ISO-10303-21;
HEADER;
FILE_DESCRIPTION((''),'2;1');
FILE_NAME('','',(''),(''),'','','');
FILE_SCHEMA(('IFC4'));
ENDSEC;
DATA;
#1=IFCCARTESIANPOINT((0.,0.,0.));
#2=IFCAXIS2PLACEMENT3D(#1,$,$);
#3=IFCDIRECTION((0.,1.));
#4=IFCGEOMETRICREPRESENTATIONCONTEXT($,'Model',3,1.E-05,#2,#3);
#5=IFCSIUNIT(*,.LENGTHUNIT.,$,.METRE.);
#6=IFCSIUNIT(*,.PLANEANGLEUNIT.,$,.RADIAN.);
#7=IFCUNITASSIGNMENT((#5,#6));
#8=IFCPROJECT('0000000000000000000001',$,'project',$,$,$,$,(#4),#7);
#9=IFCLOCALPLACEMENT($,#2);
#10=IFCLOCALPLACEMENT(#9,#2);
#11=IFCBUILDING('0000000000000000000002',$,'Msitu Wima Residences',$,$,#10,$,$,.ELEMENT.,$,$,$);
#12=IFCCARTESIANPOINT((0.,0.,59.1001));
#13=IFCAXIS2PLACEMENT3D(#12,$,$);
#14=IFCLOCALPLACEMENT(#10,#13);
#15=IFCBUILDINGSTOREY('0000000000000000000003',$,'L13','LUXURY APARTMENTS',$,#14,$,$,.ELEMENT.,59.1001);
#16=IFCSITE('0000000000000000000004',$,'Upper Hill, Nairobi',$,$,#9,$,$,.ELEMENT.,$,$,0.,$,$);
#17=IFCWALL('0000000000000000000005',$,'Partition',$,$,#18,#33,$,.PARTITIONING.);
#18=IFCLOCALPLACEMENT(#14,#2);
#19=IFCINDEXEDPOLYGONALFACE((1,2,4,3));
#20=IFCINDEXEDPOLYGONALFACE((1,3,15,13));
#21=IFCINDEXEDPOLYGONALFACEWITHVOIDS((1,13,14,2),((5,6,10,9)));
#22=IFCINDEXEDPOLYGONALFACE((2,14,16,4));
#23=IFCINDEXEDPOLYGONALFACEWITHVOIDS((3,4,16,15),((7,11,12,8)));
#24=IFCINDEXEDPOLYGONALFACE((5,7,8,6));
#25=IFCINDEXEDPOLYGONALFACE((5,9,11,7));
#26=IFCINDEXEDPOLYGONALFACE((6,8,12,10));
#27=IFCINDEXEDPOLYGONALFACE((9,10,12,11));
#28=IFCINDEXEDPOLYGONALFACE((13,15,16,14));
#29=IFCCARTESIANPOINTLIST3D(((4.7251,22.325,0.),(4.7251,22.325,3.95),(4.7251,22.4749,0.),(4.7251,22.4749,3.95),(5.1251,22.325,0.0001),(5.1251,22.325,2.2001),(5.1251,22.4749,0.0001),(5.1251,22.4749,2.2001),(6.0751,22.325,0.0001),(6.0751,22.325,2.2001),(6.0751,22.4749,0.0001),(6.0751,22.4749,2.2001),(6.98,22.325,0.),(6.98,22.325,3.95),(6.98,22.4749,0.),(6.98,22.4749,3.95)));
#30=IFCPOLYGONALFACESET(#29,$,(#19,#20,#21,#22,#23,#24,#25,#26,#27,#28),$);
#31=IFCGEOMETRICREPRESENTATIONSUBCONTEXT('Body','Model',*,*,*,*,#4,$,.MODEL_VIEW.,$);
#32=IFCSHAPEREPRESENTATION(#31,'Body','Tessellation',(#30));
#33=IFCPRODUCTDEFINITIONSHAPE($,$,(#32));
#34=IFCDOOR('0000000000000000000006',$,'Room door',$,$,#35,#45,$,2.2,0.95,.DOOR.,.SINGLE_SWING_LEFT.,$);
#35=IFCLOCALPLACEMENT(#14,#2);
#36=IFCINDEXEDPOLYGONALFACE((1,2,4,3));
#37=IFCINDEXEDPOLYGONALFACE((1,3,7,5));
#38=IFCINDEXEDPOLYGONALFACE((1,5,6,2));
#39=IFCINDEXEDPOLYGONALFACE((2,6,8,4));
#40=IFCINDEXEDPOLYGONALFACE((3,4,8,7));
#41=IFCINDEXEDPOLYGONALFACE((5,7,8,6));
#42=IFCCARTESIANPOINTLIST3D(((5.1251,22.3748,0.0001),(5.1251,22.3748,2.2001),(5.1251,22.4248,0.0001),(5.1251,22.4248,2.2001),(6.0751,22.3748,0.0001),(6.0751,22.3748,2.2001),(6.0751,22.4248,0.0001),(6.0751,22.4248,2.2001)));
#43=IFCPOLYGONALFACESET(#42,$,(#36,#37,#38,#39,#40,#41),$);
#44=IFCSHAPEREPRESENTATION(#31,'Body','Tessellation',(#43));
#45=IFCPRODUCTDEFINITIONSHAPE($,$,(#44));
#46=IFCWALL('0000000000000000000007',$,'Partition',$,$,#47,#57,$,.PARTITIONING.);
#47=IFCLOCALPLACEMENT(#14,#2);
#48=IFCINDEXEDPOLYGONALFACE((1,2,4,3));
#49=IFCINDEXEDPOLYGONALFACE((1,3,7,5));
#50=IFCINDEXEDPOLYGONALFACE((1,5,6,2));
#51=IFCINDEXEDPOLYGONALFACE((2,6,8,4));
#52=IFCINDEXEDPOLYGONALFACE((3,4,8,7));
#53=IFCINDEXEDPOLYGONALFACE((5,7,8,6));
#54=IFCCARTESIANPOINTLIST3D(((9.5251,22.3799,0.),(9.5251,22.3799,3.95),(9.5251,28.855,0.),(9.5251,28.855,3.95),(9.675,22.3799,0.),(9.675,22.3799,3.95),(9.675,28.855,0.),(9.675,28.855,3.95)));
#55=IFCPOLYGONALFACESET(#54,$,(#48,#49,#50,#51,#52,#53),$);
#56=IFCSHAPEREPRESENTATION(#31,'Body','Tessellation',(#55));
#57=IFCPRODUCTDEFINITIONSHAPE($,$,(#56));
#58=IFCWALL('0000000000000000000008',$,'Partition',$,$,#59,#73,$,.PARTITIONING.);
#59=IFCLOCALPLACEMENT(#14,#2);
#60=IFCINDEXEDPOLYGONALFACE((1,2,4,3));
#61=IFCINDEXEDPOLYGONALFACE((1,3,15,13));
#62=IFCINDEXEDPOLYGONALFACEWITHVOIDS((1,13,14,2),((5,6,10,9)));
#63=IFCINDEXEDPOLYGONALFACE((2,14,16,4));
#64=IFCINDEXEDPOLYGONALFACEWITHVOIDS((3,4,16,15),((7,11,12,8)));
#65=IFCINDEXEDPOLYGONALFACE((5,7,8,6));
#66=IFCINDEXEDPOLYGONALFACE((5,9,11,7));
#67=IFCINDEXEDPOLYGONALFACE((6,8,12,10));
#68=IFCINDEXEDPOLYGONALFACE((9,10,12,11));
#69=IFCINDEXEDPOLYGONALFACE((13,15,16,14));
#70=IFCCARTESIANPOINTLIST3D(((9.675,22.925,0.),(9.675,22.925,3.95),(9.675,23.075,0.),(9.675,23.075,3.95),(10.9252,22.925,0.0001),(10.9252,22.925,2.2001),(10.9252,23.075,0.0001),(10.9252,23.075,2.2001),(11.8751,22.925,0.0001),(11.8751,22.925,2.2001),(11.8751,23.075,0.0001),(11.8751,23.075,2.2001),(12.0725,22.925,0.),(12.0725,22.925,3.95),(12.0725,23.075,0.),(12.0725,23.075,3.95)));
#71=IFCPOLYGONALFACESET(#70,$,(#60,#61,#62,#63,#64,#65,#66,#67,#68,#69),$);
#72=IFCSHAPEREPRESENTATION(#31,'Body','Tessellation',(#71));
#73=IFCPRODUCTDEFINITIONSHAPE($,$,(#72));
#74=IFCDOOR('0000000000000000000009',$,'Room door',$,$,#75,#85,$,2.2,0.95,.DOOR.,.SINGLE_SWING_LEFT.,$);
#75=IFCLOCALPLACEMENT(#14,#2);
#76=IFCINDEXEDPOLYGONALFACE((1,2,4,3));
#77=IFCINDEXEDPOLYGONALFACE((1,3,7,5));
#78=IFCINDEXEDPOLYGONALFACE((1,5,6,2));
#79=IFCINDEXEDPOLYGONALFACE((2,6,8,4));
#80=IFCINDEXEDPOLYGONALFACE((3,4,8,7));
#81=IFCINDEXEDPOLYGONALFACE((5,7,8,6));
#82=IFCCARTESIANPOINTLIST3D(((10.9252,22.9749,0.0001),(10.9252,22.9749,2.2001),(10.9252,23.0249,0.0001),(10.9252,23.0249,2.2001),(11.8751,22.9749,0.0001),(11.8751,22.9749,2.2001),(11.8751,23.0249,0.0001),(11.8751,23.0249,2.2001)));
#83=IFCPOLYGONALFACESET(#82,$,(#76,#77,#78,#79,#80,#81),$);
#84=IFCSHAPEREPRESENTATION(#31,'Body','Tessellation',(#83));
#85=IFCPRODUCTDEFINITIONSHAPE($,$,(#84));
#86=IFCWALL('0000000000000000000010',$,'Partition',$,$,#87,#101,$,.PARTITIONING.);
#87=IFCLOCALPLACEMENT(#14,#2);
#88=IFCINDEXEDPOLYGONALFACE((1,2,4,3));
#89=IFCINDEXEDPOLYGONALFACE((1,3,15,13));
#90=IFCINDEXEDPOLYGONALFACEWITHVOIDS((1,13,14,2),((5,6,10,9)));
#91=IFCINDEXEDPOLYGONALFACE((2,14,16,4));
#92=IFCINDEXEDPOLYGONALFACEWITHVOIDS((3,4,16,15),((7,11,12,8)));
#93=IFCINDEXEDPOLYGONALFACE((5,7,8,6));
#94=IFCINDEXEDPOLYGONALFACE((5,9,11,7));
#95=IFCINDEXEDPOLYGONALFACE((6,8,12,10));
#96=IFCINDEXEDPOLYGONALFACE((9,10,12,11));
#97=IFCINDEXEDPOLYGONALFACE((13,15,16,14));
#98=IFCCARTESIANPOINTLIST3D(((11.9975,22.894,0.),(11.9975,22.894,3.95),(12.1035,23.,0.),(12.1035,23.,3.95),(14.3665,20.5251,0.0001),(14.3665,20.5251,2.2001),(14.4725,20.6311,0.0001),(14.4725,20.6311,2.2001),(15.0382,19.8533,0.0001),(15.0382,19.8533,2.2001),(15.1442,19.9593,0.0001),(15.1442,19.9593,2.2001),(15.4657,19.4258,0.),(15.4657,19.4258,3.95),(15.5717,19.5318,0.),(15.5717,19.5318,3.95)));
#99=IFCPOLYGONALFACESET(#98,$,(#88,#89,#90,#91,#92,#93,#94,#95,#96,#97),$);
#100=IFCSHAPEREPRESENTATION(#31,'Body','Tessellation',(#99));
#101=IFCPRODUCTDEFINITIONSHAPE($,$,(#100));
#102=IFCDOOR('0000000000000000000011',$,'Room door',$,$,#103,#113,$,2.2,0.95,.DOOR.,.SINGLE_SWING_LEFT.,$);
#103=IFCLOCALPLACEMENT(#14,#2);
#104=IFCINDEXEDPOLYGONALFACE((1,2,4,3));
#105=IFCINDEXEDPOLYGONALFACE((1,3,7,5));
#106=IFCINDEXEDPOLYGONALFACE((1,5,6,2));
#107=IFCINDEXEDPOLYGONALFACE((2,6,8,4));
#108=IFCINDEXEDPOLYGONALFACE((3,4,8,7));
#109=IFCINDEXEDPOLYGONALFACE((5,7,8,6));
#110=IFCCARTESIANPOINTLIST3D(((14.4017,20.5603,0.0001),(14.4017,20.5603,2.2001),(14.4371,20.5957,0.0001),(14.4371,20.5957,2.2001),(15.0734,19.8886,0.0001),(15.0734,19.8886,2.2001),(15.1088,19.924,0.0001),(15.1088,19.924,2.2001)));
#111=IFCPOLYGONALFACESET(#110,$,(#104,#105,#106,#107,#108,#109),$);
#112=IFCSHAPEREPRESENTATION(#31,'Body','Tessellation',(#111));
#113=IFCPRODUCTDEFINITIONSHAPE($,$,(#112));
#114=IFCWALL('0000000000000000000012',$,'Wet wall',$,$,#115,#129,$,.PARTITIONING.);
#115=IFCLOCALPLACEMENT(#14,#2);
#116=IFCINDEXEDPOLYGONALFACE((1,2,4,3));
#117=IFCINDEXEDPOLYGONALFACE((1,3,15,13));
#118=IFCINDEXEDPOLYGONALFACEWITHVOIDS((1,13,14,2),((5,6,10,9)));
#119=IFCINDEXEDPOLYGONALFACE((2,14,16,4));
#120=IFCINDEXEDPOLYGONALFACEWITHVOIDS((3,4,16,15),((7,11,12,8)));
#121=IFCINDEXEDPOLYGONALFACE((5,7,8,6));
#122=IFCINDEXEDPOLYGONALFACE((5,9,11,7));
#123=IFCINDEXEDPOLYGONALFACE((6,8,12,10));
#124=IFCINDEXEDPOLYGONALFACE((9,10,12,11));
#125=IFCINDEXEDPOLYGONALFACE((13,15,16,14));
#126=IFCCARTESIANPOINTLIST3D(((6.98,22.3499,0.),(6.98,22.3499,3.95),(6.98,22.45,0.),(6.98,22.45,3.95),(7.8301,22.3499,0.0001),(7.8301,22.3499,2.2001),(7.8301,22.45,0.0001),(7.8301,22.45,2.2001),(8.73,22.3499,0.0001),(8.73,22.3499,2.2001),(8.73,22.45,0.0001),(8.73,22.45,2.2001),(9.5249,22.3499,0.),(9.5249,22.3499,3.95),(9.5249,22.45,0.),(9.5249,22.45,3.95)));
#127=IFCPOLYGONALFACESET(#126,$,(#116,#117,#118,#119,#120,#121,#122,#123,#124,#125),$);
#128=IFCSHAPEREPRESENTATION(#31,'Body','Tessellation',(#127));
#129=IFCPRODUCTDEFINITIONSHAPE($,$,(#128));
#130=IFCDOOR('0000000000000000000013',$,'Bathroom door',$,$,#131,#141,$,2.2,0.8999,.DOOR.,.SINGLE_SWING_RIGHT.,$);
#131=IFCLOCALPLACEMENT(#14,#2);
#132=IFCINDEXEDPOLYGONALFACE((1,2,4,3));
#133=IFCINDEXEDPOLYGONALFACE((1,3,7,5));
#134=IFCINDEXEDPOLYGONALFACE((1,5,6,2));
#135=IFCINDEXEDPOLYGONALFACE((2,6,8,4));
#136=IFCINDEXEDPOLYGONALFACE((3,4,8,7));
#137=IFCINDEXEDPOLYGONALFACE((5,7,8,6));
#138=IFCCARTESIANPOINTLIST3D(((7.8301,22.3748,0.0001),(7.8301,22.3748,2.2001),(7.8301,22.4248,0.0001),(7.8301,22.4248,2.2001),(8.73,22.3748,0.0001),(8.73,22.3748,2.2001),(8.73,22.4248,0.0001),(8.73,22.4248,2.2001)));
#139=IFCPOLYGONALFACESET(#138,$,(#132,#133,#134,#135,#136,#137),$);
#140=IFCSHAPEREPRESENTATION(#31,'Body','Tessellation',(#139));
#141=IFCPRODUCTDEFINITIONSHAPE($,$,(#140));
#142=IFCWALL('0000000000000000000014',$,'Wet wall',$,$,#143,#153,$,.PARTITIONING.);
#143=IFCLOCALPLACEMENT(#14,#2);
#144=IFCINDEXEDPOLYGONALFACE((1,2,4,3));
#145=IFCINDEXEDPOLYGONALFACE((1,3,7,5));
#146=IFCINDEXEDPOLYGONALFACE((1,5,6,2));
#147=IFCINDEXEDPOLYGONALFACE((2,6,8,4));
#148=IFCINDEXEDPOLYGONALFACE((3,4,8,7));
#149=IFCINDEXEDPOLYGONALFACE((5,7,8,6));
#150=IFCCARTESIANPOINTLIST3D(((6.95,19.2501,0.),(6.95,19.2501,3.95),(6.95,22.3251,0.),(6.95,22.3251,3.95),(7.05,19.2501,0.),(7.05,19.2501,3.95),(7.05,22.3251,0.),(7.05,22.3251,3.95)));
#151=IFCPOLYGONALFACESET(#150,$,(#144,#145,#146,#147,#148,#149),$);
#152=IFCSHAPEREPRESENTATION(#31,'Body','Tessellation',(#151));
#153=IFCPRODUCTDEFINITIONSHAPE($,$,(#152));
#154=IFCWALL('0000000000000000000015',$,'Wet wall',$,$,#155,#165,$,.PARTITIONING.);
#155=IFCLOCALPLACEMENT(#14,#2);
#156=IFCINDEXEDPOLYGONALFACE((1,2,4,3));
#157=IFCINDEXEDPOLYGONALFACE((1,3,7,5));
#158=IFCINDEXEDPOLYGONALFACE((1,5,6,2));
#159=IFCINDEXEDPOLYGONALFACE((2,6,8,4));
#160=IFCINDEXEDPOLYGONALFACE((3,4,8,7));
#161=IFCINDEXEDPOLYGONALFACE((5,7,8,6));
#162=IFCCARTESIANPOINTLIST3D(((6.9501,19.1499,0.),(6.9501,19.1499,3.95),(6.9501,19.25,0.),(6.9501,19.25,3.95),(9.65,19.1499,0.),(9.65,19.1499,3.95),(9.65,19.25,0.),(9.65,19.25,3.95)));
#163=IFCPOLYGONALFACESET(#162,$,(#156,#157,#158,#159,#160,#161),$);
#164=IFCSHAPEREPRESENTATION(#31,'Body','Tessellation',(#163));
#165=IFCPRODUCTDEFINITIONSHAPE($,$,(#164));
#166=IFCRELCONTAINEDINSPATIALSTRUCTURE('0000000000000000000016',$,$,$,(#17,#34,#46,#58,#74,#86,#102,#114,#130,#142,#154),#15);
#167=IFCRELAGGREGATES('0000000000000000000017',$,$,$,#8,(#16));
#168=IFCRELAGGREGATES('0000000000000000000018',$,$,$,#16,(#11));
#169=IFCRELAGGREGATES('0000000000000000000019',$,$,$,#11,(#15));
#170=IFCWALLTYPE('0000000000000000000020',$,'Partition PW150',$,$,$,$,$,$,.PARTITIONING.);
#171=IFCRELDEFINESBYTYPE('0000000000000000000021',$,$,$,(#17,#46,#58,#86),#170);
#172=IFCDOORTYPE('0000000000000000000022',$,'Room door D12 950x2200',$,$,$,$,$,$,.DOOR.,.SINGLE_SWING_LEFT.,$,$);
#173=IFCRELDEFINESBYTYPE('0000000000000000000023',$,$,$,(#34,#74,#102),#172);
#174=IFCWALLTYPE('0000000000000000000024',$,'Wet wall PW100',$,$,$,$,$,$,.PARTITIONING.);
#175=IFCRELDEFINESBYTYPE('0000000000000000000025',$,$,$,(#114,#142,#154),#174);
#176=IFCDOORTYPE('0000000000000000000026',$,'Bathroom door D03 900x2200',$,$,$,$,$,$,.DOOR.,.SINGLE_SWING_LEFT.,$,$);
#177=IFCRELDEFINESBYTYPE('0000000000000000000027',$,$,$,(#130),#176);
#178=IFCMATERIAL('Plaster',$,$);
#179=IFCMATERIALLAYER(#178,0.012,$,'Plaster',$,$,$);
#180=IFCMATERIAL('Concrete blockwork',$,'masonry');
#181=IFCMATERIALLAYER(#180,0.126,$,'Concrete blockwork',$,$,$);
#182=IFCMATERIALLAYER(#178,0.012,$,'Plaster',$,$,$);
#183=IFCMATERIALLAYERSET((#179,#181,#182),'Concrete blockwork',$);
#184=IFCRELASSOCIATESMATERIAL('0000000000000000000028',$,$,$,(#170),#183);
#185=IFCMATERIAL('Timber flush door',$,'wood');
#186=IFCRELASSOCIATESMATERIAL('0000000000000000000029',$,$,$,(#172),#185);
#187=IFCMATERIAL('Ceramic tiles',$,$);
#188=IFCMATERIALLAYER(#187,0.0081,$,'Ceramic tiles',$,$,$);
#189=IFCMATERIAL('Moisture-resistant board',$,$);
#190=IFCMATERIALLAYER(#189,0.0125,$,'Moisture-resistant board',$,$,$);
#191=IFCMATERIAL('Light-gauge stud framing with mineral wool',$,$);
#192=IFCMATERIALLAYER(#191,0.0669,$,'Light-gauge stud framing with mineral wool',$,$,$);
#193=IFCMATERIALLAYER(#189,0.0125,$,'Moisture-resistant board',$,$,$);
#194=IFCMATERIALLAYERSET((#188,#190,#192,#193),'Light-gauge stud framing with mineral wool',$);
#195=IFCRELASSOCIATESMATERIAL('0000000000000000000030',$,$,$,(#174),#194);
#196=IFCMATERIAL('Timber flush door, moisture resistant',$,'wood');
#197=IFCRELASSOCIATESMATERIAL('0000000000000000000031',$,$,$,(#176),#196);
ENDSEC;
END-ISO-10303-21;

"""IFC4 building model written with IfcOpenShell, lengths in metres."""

from ifc_helpers import new_model, si_unit, direction, frame, frame_2d, origin, place, context, subcontext, project, spatial, rectangle, extrude, material, layer, layer_set, type_object, element, fill, save


model = new_model("IFC4")

# Units and contexts
model_context = context("Model", 3, precision=1e-05, world=origin(), true_north=direction((0.0, 1.0)))
body_context = subcontext(model_context, "Body", "Model", "MODEL_VIEW")
ifc_project = project(units=[si_unit("LENGTHUNIT", "METRE"), si_unit("PLANEANGLEUNIT", "RADIAN")], contexts=[model_context])

# Site, building, storey
site_placement = place(None, origin())
site = spatial("IfcSite", under=ifc_project, at=site_placement, Name="Upper Hill, Nairobi", CompositionType="ELEMENT", RefElevation=0.0)
building_placement = place(site_placement, origin())
building = spatial("IfcBuilding", under=site, at=building_placement, Name="Msitu Wima Residences", CompositionType="ELEMENT")
storey_placement = place(building_placement, frame((0.0, 0.0, 59.1001)))
storey = spatial("IfcBuildingStorey", under=building, at=storey_placement, Name="L13", Description="LUXURY APARTMENTS", CompositionType="ELEMENT", Elevation=59.1001)

# Shared definitions
ifc_material_1 = material(Name="Plaster")
ifc_layer_1 = layer(ifc_material_1, 0.012, Name="Plaster")
ifc_material_2 = material(Name="Concrete blockwork", Category="masonry")
ifc_layer_2 = layer(ifc_material_2, 0.126, Name="Concrete blockwork")
ifc_layer_3 = layer(ifc_material_1, 0.012, Name="Plaster")
ifc_layer_set_1 = layer_set([ifc_layer_1, ifc_layer_2, ifc_layer_3], Name="Concrete blockwork")
wall_type_1 = type_object("IfcWallType", Name="Partition PW150", PredefinedType="PARTITIONING", material=ifc_layer_set_1)

# Wall, opening, door
wall_1_placement = place(storey_placement, frame((4.7251, 22.3999, 0.0), z_axis=(0.0, 0.0, 1.0), x_axis=(1.0, 0.0, 0.0)))
wall_1 = element("IfcWall", 1, at=wall_1_placement, inside=storey, type_object=wall_type_1, Name="Partition", PredefinedType="PARTITIONING", context=body_context, shape_type="SweptSolid", body=[
    extrude(rectangle(XDim=2.2549, YDim=0.1499, at=frame_2d((1.1274, 0.0))), origin(), (0.0, 0.0, 1.0), 3.95),
])
opening_1_placement = place(wall_1_placement, frame((0.3999, 0.0, 0.0)))
opening_1 = element("IfcOpeningElement", 2, at=opening_1_placement, cuts=wall_1, PredefinedType="OPENING", context=body_context, shape_type="SweptSolid", body=[
    extrude(rectangle(XDim=0.95, YDim=2.2, at=frame_2d((0.4751, 1.1001))), frame((0.0, 0.085, 0.0), z_axis=(0.0, -1.0, 0.0), x_axis=(1.0, 0.0, 0.0)), (0.0, 0.0, 1.0), 0.1699),
])
ifc_material_3 = material(Name="Timber flush door", Category="wood")
door_type_1 = type_object("IfcDoorType", Name="Room door D12 950x2200", OperationType="SINGLE_SWING_LEFT", PredefinedType="DOOR", material=ifc_material_3)
door_1_placement = place(opening_1_placement, origin())
door_1 = element("IfcDoor", 3, at=door_1_placement, inside=storey, type_object=door_type_1, Name="Room door", OperationType="SINGLE_SWING_LEFT", OverallHeight=2.2, OverallWidth=0.95, PredefinedType="DOOR", context=body_context, shape_type="SweptSolid", body=[
    extrude(rectangle(XDim=0.95, YDim=2.2, at=frame_2d((0.4751, 1.1001))), frame((0.0, 0.0249, 0.0), z_axis=(0.0, -1.0, 0.0), x_axis=(1.0, 0.0, 0.0)), (0.0, 0.0, 1.0), 0.05),
])
fill(opening_1, door_1)

# Wall
wall_2_placement = place(storey_placement, frame((9.6001, 22.3799, 0.0), z_axis=(0.0, 0.0, 1.0), x_axis=(0.0, 1.0, 0.0)))
element("IfcWall", 4, at=wall_2_placement, inside=storey, type_object=wall_type_1, Name="Partition", PredefinedType="PARTITIONING", context=body_context, shape_type="SweptSolid", body=[
    extrude(rectangle(XDim=6.4751, YDim=0.1499, at=frame_2d((3.2375, 0.0))), origin(), (0.0, 0.0, 1.0), 3.95),
])

# Walls, openings, doors
wall_3_placement = place(storey_placement, frame((9.675, 23.0, 0.0), z_axis=(0.0, 0.0, 1.0), x_axis=(1.0, 0.0, 0.0)))
wall_3 = element("IfcWall", 5, at=wall_3_placement, inside=storey, type_object=wall_type_1, Name="Partition", PredefinedType="PARTITIONING", context=body_context, shape_type="SweptSolid", body=[
    extrude(rectangle(XDim=2.3975, YDim=0.1499, at=frame_2d((1.1987, 0.0))), origin(), (0.0, 0.0, 1.0), 3.95),
])
opening_2_placement = place(wall_3_placement, frame((1.25, 0.0, 0.0)))
opening_2 = element("IfcOpeningElement", 6, at=opening_2_placement, cuts=wall_3, PredefinedType="OPENING", context=body_context, shape_type="SweptSolid", body=[
    extrude(rectangle(XDim=0.95, YDim=2.2, at=frame_2d((0.4751, 1.1001))), frame((0.0, 0.085, 0.0), z_axis=(0.0, -1.0, 0.0), x_axis=(1.0, 0.0, 0.0)), (0.0, 0.0, 1.0), 0.1699),
])
door_2_placement = place(opening_2_placement, origin())
door_2 = element("IfcDoor", 7, at=door_2_placement, inside=storey, type_object=door_type_1, Name="Room door", OperationType="SINGLE_SWING_LEFT", OverallHeight=2.2, OverallWidth=0.95, PredefinedType="DOOR", context=body_context, shape_type="SweptSolid", body=[
    extrude(rectangle(XDim=0.95, YDim=2.2, at=frame_2d((0.4751, 1.1001))), frame((0.0, 0.0249, 0.0), z_axis=(0.0, -1.0, 0.0), x_axis=(1.0, 0.0, 0.0)), (0.0, 0.0, 1.0), 0.05),
])
fill(opening_2, door_2)
wall_4_placement = place(storey_placement, frame((12.0505, 22.947, 0.0), z_axis=(0.0, 0.0, 1.0), x_axis=(0.707107, -0.707107, 0.0)))
wall_4 = element("IfcWall", 8, at=wall_4_placement, inside=storey, type_object=wall_type_1, Name="Partition", PredefinedType="PARTITIONING", context=body_context, shape_type="SweptSolid", body=[
    extrude(rectangle(XDim=4.9048, YDim=0.1499, at=frame_2d((2.4524, 0.0))), origin(), (0.0, 0.0, 1.0), 3.95),
])
opening_3_placement = place(wall_4_placement, frame((3.3501, 0.0, 0.0)))
opening_3 = element("IfcOpeningElement", 9, at=opening_3_placement, cuts=wall_4, PredefinedType="OPENING", context=body_context, shape_type="SweptSolid", body=[
    extrude(rectangle(XDim=0.95, YDim=2.2, at=frame_2d((0.4751, 1.1001))), frame((0.0, 0.085, 0.0), z_axis=(0.0, -1.0, 0.0), x_axis=(1.0, 0.0, 0.0)), (0.0, 0.0, 1.0), 0.1699),
])
door_3_placement = place(opening_3_placement, origin())
door_3 = element("IfcDoor", 10, at=door_3_placement, inside=storey, type_object=door_type_1, Name="Room door", OperationType="SINGLE_SWING_LEFT", OverallHeight=2.2, OverallWidth=0.95, PredefinedType="DOOR", context=body_context, shape_type="SweptSolid", body=[
    extrude(rectangle(XDim=0.95, YDim=2.2, at=frame_2d((0.4751, 1.1001))), frame((0.0, 0.0249, 0.0), z_axis=(0.0, -1.0, 0.0), x_axis=(1.0, 0.0, 0.0)), (0.0, 0.0, 1.0), 0.05),
])
fill(opening_3, door_3)
ifc_material_4 = material(Name="Ceramic tiles")
ifc_layer_4 = layer(ifc_material_4, 0.0081, Name="Ceramic tiles")
ifc_material_5 = material(Name="Moisture-resistant board")
ifc_layer_5 = layer(ifc_material_5, 0.0125, Name="Moisture-resistant board")
ifc_material_6 = material(Name="Light-gauge stud framing with mineral wool")
ifc_layer_6 = layer(ifc_material_6, 0.0669, Name="Light-gauge stud framing with mineral wool")
ifc_layer_7 = layer(ifc_material_5, 0.0125, Name="Moisture-resistant board")
ifc_layer_set_2 = layer_set([ifc_layer_4, ifc_layer_5, ifc_layer_6, ifc_layer_7], Name="Light-gauge stud framing with mineral wool")
wall_type_2 = type_object("IfcWallType", Name="Wet wall PW100", PredefinedType="PARTITIONING", material=ifc_layer_set_2)
wall_5_placement = place(storey_placement, frame((6.98, 22.3999, 0.0), z_axis=(0.0, 0.0, 1.0), x_axis=(1.0, 0.0, 0.0)))
wall_5 = element("IfcWall", 11, at=wall_5_placement, inside=storey, type_object=wall_type_2, Name="Wet wall", PredefinedType="PARTITIONING", context=body_context, shape_type="SweptSolid", body=[
    extrude(rectangle(XDim=2.5449, YDim=0.1001, at=frame_2d((1.2725, 0.0))), origin(), (0.0, 0.0, 1.0), 3.95),
])
opening_4_placement = place(wall_5_placement, frame((0.8501, 0.0, 0.0)))
opening_4 = element("IfcOpeningElement", 12, at=opening_4_placement, cuts=wall_5, PredefinedType="OPENING", context=body_context, shape_type="SweptSolid", body=[
    extrude(rectangle(XDim=0.8999, YDim=2.2, at=frame_2d((0.45, 1.1001))), frame((0.0, 0.0601, 0.0), z_axis=(0.0, -1.0, 0.0), x_axis=(1.0, 0.0, 0.0)), (0.0, 0.0, 1.0), 0.1201),
])
ifc_material_7 = material(Name="Timber flush door, moisture resistant", Category="wood")
door_type_2 = type_object("IfcDoorType", Name="Bathroom door D03 900x2200", OperationType="SINGLE_SWING_LEFT", PredefinedType="DOOR", material=ifc_material_7)
door_4_placement = place(opening_4_placement, origin())
door_4 = element("IfcDoor", 13, at=door_4_placement, inside=storey, type_object=door_type_2, Name="Bathroom door", OperationType="SINGLE_SWING_RIGHT", OverallHeight=2.2, OverallWidth=0.8999, PredefinedType="DOOR", context=body_context, shape_type="SweptSolid", body=[
    extrude(rectangle(XDim=0.8999, YDim=2.2, at=frame_2d((0.45, 1.1001))), frame((0.0, 0.0249, 0.0), z_axis=(0.0, -1.0, 0.0), x_axis=(1.0, 0.0, 0.0)), (0.0, 0.0, 1.0), 0.05),
])
fill(opening_4, door_4)

# Walls
wall_6_placement = place(storey_placement, frame((7.0, 19.25, 0.0), z_axis=(0.0, 0.0, 1.0), x_axis=(0.0, 1.0, 0.0)))
element("IfcWall", 14, at=wall_6_placement, inside=storey, type_object=wall_type_2, Name="Wet wall", PredefinedType="PARTITIONING", context=body_context, shape_type="SweptSolid", body=[
    extrude(rectangle(XDim=3.075, YDim=0.1001, at=frame_2d((1.5376, 0.0))), origin(), (0.0, 0.0, 1.0), 3.95),
])
wall_7_placement = place(storey_placement, frame((6.95, 19.2, 0.0), z_axis=(0.0, 0.0, 1.0), x_axis=(1.0, 0.0, 0.0)))
element("IfcWall", 15, at=wall_7_placement, inside=storey, type_object=wall_type_2, Name="Wet wall", PredefinedType="PARTITIONING", context=body_context, shape_type="SweptSolid", body=[
    extrude(rectangle(XDim=2.7, YDim=0.1001, at=frame_2d((1.3501, 0.0))), origin(), (0.0, 0.0, 1.0), 3.95),
])

save(model, "model.ifc")
